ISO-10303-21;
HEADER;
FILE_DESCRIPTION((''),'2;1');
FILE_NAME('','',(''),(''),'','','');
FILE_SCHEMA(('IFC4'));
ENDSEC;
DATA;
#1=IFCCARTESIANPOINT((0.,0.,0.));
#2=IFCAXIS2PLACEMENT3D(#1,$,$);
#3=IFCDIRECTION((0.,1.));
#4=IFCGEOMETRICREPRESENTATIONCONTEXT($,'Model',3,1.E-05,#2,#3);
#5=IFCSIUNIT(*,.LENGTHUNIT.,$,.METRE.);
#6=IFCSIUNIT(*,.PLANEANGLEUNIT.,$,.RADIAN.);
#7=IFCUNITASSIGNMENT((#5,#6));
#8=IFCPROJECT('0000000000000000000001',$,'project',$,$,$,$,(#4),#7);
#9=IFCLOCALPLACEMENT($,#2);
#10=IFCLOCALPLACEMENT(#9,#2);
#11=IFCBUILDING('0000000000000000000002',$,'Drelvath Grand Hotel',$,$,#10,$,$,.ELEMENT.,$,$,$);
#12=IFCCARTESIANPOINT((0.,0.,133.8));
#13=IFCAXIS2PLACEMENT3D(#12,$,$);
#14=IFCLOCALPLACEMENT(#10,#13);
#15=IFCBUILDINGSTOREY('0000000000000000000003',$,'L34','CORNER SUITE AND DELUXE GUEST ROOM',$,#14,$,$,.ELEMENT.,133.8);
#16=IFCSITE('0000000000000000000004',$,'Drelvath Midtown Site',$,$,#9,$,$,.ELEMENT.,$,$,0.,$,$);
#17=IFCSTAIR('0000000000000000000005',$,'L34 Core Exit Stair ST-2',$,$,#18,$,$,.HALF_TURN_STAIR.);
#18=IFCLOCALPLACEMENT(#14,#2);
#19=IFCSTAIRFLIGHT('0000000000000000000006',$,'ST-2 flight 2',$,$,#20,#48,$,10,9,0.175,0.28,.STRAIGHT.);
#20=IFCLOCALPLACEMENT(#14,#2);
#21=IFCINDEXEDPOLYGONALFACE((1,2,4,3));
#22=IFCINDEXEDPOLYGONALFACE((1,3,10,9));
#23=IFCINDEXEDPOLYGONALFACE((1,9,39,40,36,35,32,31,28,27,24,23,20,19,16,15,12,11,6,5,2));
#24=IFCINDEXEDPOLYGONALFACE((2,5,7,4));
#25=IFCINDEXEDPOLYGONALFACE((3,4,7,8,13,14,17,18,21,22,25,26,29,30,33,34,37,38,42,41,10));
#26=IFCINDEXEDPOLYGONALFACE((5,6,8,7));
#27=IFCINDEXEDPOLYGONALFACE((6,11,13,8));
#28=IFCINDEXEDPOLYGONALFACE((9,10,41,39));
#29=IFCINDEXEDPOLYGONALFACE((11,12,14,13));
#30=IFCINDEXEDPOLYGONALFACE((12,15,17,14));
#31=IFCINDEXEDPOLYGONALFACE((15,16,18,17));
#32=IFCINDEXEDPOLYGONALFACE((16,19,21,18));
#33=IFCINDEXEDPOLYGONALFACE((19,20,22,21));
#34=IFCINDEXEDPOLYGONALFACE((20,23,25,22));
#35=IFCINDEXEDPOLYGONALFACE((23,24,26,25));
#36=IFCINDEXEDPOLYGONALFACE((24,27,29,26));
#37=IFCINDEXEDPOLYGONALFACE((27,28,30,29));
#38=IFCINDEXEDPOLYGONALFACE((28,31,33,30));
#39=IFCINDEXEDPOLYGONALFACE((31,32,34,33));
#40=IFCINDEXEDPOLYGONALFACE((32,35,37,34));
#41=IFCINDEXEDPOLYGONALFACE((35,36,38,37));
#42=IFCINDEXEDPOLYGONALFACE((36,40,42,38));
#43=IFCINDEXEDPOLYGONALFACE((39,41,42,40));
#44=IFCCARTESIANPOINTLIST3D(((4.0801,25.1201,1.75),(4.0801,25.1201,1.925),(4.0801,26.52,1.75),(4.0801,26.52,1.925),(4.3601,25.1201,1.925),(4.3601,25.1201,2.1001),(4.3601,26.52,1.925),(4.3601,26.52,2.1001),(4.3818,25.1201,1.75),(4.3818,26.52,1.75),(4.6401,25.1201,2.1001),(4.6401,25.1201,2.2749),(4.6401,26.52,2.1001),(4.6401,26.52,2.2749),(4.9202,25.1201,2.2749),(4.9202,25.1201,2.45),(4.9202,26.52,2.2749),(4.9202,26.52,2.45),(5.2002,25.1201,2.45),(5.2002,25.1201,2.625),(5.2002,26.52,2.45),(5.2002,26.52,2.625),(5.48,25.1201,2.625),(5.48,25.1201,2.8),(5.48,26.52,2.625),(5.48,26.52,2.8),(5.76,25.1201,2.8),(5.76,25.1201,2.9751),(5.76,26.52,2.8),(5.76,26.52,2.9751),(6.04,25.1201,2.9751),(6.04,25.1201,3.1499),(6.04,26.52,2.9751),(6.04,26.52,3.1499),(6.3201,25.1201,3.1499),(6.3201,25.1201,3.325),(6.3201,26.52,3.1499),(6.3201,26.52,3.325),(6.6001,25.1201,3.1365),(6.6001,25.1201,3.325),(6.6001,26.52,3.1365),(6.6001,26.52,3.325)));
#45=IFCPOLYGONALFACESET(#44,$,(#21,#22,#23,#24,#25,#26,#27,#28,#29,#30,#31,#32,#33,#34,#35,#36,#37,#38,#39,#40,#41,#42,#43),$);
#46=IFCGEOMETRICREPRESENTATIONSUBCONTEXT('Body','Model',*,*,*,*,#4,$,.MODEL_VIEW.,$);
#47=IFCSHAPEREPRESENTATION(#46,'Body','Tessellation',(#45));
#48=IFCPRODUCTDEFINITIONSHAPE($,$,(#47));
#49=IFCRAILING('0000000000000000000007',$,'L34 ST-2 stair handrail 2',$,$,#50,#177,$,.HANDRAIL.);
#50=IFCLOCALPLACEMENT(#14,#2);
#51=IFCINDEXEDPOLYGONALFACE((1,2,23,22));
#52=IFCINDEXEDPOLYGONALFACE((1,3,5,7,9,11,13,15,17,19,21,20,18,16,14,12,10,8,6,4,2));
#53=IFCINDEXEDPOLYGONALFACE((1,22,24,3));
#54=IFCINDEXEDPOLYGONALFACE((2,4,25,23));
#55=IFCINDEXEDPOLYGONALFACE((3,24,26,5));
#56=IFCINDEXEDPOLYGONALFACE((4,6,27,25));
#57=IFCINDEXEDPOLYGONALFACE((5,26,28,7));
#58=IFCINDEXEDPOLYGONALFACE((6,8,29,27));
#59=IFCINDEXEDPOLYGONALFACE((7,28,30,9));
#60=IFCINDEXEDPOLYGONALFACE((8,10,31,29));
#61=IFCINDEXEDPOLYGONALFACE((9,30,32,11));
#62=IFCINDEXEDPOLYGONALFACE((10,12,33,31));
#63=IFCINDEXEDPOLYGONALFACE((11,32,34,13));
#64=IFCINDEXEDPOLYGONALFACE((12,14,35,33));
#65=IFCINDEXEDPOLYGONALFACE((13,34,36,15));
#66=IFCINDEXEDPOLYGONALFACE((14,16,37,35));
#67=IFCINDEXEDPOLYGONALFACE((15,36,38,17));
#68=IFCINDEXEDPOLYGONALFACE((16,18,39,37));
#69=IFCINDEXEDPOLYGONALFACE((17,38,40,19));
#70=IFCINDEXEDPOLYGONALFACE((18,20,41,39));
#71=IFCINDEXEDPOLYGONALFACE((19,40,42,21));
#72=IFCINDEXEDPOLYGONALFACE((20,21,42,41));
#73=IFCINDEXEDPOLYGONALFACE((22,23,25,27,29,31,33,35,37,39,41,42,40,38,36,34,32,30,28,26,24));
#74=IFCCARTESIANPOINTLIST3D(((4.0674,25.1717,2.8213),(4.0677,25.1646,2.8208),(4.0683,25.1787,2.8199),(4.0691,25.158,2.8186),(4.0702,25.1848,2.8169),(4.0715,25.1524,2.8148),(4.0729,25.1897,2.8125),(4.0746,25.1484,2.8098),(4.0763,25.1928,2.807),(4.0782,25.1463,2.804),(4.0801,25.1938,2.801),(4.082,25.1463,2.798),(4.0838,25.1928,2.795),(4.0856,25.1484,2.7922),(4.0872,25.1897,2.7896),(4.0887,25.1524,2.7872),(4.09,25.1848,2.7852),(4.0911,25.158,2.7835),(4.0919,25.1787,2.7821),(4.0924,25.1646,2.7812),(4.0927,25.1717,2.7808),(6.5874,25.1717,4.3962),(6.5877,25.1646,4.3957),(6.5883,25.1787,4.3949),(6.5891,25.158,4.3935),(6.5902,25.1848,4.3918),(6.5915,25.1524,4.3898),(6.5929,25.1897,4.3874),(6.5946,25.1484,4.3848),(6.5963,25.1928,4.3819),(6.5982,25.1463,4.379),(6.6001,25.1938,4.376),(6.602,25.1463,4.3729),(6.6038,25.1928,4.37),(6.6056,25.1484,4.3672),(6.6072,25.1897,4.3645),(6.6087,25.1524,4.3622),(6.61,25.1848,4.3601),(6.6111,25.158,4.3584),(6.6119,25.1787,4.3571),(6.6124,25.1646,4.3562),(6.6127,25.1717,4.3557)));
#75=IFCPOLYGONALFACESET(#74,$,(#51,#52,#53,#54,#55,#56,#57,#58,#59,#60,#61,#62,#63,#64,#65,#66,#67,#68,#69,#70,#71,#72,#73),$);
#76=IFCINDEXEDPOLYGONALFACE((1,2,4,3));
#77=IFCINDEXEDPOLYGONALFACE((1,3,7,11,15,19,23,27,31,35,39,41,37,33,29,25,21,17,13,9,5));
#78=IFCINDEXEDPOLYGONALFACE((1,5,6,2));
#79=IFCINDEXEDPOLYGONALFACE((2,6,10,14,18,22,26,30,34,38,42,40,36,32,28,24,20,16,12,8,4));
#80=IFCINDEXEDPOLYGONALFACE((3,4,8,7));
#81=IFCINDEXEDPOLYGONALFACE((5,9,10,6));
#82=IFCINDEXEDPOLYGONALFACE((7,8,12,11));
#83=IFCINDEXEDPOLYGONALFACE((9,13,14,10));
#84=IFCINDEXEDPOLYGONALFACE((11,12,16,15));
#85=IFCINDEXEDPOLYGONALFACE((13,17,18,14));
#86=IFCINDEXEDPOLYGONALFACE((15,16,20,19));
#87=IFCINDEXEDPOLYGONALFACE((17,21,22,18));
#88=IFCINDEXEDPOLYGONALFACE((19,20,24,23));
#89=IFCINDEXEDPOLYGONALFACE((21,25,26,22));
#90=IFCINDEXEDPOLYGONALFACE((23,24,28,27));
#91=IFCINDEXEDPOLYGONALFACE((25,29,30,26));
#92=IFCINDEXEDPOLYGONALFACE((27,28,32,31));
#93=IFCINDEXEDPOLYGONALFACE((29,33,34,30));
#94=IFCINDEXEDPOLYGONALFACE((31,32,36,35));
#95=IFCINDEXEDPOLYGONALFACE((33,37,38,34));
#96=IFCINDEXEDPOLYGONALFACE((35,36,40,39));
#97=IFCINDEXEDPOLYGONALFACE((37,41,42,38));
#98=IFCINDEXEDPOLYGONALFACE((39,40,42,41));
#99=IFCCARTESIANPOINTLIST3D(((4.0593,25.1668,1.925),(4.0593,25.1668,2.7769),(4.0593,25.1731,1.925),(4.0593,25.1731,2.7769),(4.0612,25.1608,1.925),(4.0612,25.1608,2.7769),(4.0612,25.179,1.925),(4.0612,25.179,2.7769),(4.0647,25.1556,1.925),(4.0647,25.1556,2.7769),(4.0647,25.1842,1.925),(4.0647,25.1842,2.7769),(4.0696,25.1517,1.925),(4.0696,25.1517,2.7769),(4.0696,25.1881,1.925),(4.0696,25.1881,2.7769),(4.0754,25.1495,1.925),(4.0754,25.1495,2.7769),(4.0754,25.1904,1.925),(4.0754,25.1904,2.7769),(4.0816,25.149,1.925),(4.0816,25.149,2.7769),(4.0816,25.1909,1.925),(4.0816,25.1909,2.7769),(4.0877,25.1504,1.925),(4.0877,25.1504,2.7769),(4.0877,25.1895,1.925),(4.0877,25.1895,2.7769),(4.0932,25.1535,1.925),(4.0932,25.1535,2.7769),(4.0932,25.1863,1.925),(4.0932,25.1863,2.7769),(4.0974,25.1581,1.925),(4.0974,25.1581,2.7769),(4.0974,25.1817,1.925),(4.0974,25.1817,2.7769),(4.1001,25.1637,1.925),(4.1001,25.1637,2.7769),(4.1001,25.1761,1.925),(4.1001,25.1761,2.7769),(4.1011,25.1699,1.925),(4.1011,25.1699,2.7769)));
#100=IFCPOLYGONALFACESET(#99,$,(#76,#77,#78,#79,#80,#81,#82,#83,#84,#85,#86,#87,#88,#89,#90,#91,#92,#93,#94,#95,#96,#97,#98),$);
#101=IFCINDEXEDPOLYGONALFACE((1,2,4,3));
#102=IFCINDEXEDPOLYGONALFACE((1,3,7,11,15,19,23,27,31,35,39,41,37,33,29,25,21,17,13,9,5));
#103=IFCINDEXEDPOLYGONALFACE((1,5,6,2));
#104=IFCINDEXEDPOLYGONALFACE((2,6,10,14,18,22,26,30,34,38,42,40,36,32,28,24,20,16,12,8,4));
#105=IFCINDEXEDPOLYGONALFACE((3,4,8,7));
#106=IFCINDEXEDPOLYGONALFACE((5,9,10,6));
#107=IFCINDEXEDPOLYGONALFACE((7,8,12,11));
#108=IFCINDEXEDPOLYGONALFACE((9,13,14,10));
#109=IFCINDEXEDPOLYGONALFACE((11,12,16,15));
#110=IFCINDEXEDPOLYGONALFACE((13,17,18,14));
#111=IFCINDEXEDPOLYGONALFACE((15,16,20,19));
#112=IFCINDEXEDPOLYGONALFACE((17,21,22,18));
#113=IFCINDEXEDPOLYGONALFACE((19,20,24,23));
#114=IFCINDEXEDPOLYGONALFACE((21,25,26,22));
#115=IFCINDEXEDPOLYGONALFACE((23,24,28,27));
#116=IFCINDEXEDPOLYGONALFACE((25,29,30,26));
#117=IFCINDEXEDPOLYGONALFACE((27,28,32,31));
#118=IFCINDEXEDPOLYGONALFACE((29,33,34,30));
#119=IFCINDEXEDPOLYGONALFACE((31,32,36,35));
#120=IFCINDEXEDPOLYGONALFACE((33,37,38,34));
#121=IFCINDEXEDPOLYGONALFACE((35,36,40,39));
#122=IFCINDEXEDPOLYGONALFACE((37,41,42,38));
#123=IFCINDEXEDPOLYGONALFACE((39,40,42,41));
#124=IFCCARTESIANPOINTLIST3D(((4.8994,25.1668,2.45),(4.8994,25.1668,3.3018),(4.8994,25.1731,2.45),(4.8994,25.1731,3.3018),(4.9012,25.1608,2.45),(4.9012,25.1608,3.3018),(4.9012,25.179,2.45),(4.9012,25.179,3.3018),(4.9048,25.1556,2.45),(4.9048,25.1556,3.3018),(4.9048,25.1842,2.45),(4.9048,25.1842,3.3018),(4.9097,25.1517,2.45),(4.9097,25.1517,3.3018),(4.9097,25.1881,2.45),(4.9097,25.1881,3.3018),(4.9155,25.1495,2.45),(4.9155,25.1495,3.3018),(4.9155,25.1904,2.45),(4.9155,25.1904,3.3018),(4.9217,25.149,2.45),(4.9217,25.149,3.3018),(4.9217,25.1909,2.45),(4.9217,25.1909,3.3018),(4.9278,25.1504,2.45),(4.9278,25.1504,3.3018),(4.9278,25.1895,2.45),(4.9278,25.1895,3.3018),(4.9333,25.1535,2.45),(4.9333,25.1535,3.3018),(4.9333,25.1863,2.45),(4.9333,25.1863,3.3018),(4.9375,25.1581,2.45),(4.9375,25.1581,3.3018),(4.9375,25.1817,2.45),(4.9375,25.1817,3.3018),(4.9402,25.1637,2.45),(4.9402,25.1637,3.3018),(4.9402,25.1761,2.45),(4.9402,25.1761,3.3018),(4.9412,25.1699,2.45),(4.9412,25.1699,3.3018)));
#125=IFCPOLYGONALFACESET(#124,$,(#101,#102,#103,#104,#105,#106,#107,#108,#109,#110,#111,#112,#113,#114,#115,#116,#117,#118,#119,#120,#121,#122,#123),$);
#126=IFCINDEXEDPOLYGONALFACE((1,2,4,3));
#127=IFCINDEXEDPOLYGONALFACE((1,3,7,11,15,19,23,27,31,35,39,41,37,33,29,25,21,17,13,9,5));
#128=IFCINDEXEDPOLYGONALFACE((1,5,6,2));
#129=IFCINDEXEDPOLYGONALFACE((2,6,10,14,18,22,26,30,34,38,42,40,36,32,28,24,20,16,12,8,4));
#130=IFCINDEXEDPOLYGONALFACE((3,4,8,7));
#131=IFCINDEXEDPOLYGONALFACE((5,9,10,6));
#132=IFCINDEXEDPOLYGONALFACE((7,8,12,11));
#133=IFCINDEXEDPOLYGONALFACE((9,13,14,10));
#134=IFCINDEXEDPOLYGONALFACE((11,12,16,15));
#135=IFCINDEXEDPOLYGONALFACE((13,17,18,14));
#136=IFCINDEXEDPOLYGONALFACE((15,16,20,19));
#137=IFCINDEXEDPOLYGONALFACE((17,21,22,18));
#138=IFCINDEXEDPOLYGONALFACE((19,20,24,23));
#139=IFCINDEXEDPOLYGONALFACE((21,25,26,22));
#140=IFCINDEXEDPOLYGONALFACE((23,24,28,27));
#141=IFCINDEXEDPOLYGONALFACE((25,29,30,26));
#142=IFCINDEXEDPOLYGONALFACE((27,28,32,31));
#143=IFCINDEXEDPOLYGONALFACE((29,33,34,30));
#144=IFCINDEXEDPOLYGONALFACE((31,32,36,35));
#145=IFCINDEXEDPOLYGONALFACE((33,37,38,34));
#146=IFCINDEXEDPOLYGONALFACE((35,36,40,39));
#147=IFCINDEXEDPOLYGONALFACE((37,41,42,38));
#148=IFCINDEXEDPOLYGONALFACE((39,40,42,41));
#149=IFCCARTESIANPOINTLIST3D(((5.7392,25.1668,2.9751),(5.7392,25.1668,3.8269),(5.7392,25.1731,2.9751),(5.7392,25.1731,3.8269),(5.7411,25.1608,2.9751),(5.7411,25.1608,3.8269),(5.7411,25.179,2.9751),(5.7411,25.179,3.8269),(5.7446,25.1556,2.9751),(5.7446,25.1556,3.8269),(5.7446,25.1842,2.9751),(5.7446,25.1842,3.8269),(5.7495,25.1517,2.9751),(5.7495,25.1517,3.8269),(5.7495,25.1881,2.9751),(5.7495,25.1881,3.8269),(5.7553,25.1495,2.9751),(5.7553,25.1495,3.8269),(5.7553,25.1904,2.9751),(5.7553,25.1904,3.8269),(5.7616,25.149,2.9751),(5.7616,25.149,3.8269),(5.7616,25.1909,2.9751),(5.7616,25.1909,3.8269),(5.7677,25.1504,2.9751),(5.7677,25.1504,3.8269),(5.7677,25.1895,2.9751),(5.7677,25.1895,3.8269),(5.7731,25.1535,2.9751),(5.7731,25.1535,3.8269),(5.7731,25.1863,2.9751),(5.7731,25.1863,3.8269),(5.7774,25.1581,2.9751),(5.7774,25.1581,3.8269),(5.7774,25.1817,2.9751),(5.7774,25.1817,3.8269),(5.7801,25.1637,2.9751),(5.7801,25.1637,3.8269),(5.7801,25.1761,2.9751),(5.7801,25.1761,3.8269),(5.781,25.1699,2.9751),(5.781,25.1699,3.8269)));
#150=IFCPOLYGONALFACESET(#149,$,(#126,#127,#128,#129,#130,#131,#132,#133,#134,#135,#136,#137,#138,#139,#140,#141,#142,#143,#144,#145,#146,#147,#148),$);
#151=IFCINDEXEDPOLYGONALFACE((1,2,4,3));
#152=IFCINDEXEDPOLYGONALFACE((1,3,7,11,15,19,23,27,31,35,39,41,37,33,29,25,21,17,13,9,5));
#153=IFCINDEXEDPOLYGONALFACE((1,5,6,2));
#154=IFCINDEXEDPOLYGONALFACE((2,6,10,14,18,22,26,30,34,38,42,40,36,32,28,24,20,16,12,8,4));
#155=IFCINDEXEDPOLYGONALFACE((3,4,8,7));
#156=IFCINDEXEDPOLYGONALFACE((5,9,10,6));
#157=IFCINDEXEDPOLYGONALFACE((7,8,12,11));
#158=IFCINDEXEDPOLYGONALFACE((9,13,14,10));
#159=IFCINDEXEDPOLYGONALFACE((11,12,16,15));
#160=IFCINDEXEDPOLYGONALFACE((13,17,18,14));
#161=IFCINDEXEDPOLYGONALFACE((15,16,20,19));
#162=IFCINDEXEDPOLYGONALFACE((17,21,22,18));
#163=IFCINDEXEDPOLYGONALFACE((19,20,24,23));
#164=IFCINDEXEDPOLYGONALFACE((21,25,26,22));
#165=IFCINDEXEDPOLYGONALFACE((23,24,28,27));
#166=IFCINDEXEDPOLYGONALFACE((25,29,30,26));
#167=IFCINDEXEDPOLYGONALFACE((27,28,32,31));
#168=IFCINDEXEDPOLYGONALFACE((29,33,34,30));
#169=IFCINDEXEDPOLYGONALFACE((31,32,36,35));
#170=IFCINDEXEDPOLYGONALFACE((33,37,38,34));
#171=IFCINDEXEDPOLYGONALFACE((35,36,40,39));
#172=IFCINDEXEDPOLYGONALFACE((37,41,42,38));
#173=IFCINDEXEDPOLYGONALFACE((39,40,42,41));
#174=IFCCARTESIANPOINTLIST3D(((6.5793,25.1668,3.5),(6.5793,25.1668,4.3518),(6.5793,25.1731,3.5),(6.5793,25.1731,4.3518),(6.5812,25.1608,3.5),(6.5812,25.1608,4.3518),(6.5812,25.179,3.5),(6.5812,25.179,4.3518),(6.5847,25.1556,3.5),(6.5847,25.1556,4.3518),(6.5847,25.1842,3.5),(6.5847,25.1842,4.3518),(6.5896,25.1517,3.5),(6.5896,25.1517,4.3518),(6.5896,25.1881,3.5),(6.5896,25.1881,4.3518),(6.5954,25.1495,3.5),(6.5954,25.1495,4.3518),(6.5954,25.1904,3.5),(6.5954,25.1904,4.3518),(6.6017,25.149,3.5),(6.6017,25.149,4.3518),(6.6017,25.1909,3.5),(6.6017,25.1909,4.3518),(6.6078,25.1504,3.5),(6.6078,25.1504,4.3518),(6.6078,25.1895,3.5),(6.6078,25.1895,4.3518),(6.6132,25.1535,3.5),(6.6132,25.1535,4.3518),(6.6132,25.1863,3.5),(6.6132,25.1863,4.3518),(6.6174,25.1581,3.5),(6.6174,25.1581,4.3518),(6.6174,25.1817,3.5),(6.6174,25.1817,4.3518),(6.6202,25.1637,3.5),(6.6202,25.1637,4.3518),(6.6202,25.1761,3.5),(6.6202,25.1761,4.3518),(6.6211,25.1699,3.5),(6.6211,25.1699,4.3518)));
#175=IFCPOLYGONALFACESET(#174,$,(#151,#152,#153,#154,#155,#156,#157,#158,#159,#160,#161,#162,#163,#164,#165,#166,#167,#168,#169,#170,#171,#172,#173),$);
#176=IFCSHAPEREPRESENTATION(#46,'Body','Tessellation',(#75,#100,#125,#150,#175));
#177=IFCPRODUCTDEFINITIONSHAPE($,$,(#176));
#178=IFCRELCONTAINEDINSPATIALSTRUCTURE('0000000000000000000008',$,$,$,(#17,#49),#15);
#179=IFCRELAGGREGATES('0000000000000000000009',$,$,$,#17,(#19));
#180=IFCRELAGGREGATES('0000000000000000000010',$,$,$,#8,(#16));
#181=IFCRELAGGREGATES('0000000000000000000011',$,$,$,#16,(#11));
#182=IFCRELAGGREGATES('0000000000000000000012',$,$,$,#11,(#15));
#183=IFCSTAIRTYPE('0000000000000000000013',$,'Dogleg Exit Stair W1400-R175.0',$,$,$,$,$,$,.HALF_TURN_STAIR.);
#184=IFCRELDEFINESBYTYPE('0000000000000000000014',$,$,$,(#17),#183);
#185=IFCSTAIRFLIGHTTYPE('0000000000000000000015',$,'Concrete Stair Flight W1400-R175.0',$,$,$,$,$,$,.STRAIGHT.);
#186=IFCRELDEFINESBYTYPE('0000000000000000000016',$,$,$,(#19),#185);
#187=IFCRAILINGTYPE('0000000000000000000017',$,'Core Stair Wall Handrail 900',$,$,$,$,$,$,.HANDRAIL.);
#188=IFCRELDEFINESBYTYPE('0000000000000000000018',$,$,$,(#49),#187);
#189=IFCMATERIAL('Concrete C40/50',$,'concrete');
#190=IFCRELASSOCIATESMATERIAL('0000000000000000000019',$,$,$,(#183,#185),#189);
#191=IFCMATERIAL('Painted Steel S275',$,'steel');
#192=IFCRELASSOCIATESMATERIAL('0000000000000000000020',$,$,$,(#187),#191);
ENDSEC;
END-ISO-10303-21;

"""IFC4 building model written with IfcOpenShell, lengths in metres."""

from ifc_helpers import new_model, si_unit, direction, frame, origin, origin_2d, place, context, subcontext, project, spatial, polyline, circle, outline, extrude, material, type_object, element, aggregate, save


model = new_model("IFC4")

# Units and contexts
model_context = context("Model", 3, precision=1e-05, world=origin(), true_north=direction((0.0, 1.0)))
body_context = subcontext(model_context, "Body", "Model", "MODEL_VIEW")
ifc_project = project(units=[si_unit("LENGTHUNIT", "METRE"), si_unit("PLANEANGLEUNIT", "RADIAN")], contexts=[model_context])

# Site, building, storey
site_placement = place(None, origin())
site = spatial("IfcSite", under=ifc_project, at=site_placement, Name="Drelvath Midtown Site", CompositionType="ELEMENT", RefElevation=0.0)
building_placement = place(site_placement, origin())
building = spatial("IfcBuilding", under=site, at=building_placement, Name="Drelvath Grand Hotel", CompositionType="ELEMENT")
storey_placement = place(building_placement, frame((0.0, 0.0, 133.8)))
storey = spatial("IfcBuildingStorey", under=building, at=storey_placement, Name="L34", Description="CORNER SUITE AND DELUXE GUEST ROOM", CompositionType="ELEMENT", Elevation=133.8)

# Shared definitions
ifc_material_1 = material(Name="Concrete C40/50", Category="concrete")

# Stair, stair flight
stair_type = type_object("IfcStairType", Name="Dogleg Exit Stair W1400-R175.0", PredefinedType="HALF_TURN_STAIR", material=ifc_material_1)
stair_placement = place(storey_placement, origin())
stair = element("IfcStair", 1, at=stair_placement, inside=storey, type_object=stair_type, Name="L34 Core Exit Stair ST-2", PredefinedType="HALF_TURN_STAIR")
stair_flight_type = type_object("IfcStairFlightType", Name="Concrete Stair Flight W1400-R175.0", PredefinedType="STRAIGHT", material=ifc_material_1)
stair_flight_placement = place(storey_placement, frame((4.0801, 25.8201, 1.75), z_axis=(0.0, 0.0, 1.0), x_axis=(1.0, 0.0, 0.0)))
stair_flight = element("IfcStairFlight", 2, at=stair_flight_placement, type_object=stair_flight_type, Name="ST-2 flight 2", NumberOfRisers=10, NumberOfTreads=9, PredefinedType="STRAIGHT", RiserHeight=0.175, TreadLength=0.28, context=body_context, shape_type="SweptSolid", body=[
    extrude(outline(polyline([(0.0, 0.0), (0.0, 0.175), (0.28, 0.175), (0.28, 0.3501), (0.5601, 0.3501), (0.5601, 0.5249), (0.8401, 0.5249), (0.8401, 0.7), (1.1201, 0.7), (1.1201, 0.875), (1.3999, 0.875), (1.3999, 1.05), (1.6799, 1.05), (1.6799, 1.2251), (1.96, 1.2251), (1.96, 1.3999), (2.24, 1.3999), (2.24, 1.575), (2.52, 1.575), (2.52, 1.75), (2.52, 1.3865), (0.3018, 0.0), (0.0, 0.0)])), frame((0.0, 0.7, 0.0), z_axis=(0.0, -1.0, 0.0), x_axis=(1.0, 0.0, 0.0)), (0.0, 0.0, 1.0), 1.3999),
])
aggregate(stair, [stair_flight])

# Railing
ifc_material_2 = material(Name="Painted Steel S275", Category="steel")
railing_type_1 = type_object("IfcRailingType", Name="Core Stair Wall Handrail 900", PredefinedType="HANDRAIL", material=ifc_material_2)
railing_1_placement = place(storey_placement, frame((4.0801, 25.1699, 1.925)))
element("IfcRailing", 3, at=railing_1_placement, inside=storey, type_object=railing_type_1, Name="L34 ST-2 stair handrail 2", PredefinedType="HANDRAIL", context=body_context, shape_type="SweptSolid", body=[
    extrude(circle(Radius=0.0239, at=origin_2d()), frame((0.0, 0.0, 0.876), z_axis=(0.848008, 0.0, 0.529984), x_axis=(0.0, 1.0, 0.0)), (0.0, 0.0, 1.0), 2.9717),
    extrude(circle(Radius=0.021, at=origin_2d()), origin(), (0.0, 0.0, 1.0), 0.8518),
    extrude(circle(Radius=0.021, at=origin_2d()), frame((0.8401, 0.0, 0.5249)), (0.0, 0.0, 1.0), 0.8518),
    extrude(circle(Radius=0.021, at=origin_2d()), frame((1.6799, 0.0, 1.05)), (0.0, 0.0, 1.0), 0.8518),
    extrude(circle(Radius=0.021, at=origin_2d()), frame((2.52, 0.0, 1.575)), (0.0, 0.0, 1.0), 0.8518),
])

save(model, "model.ifc")
